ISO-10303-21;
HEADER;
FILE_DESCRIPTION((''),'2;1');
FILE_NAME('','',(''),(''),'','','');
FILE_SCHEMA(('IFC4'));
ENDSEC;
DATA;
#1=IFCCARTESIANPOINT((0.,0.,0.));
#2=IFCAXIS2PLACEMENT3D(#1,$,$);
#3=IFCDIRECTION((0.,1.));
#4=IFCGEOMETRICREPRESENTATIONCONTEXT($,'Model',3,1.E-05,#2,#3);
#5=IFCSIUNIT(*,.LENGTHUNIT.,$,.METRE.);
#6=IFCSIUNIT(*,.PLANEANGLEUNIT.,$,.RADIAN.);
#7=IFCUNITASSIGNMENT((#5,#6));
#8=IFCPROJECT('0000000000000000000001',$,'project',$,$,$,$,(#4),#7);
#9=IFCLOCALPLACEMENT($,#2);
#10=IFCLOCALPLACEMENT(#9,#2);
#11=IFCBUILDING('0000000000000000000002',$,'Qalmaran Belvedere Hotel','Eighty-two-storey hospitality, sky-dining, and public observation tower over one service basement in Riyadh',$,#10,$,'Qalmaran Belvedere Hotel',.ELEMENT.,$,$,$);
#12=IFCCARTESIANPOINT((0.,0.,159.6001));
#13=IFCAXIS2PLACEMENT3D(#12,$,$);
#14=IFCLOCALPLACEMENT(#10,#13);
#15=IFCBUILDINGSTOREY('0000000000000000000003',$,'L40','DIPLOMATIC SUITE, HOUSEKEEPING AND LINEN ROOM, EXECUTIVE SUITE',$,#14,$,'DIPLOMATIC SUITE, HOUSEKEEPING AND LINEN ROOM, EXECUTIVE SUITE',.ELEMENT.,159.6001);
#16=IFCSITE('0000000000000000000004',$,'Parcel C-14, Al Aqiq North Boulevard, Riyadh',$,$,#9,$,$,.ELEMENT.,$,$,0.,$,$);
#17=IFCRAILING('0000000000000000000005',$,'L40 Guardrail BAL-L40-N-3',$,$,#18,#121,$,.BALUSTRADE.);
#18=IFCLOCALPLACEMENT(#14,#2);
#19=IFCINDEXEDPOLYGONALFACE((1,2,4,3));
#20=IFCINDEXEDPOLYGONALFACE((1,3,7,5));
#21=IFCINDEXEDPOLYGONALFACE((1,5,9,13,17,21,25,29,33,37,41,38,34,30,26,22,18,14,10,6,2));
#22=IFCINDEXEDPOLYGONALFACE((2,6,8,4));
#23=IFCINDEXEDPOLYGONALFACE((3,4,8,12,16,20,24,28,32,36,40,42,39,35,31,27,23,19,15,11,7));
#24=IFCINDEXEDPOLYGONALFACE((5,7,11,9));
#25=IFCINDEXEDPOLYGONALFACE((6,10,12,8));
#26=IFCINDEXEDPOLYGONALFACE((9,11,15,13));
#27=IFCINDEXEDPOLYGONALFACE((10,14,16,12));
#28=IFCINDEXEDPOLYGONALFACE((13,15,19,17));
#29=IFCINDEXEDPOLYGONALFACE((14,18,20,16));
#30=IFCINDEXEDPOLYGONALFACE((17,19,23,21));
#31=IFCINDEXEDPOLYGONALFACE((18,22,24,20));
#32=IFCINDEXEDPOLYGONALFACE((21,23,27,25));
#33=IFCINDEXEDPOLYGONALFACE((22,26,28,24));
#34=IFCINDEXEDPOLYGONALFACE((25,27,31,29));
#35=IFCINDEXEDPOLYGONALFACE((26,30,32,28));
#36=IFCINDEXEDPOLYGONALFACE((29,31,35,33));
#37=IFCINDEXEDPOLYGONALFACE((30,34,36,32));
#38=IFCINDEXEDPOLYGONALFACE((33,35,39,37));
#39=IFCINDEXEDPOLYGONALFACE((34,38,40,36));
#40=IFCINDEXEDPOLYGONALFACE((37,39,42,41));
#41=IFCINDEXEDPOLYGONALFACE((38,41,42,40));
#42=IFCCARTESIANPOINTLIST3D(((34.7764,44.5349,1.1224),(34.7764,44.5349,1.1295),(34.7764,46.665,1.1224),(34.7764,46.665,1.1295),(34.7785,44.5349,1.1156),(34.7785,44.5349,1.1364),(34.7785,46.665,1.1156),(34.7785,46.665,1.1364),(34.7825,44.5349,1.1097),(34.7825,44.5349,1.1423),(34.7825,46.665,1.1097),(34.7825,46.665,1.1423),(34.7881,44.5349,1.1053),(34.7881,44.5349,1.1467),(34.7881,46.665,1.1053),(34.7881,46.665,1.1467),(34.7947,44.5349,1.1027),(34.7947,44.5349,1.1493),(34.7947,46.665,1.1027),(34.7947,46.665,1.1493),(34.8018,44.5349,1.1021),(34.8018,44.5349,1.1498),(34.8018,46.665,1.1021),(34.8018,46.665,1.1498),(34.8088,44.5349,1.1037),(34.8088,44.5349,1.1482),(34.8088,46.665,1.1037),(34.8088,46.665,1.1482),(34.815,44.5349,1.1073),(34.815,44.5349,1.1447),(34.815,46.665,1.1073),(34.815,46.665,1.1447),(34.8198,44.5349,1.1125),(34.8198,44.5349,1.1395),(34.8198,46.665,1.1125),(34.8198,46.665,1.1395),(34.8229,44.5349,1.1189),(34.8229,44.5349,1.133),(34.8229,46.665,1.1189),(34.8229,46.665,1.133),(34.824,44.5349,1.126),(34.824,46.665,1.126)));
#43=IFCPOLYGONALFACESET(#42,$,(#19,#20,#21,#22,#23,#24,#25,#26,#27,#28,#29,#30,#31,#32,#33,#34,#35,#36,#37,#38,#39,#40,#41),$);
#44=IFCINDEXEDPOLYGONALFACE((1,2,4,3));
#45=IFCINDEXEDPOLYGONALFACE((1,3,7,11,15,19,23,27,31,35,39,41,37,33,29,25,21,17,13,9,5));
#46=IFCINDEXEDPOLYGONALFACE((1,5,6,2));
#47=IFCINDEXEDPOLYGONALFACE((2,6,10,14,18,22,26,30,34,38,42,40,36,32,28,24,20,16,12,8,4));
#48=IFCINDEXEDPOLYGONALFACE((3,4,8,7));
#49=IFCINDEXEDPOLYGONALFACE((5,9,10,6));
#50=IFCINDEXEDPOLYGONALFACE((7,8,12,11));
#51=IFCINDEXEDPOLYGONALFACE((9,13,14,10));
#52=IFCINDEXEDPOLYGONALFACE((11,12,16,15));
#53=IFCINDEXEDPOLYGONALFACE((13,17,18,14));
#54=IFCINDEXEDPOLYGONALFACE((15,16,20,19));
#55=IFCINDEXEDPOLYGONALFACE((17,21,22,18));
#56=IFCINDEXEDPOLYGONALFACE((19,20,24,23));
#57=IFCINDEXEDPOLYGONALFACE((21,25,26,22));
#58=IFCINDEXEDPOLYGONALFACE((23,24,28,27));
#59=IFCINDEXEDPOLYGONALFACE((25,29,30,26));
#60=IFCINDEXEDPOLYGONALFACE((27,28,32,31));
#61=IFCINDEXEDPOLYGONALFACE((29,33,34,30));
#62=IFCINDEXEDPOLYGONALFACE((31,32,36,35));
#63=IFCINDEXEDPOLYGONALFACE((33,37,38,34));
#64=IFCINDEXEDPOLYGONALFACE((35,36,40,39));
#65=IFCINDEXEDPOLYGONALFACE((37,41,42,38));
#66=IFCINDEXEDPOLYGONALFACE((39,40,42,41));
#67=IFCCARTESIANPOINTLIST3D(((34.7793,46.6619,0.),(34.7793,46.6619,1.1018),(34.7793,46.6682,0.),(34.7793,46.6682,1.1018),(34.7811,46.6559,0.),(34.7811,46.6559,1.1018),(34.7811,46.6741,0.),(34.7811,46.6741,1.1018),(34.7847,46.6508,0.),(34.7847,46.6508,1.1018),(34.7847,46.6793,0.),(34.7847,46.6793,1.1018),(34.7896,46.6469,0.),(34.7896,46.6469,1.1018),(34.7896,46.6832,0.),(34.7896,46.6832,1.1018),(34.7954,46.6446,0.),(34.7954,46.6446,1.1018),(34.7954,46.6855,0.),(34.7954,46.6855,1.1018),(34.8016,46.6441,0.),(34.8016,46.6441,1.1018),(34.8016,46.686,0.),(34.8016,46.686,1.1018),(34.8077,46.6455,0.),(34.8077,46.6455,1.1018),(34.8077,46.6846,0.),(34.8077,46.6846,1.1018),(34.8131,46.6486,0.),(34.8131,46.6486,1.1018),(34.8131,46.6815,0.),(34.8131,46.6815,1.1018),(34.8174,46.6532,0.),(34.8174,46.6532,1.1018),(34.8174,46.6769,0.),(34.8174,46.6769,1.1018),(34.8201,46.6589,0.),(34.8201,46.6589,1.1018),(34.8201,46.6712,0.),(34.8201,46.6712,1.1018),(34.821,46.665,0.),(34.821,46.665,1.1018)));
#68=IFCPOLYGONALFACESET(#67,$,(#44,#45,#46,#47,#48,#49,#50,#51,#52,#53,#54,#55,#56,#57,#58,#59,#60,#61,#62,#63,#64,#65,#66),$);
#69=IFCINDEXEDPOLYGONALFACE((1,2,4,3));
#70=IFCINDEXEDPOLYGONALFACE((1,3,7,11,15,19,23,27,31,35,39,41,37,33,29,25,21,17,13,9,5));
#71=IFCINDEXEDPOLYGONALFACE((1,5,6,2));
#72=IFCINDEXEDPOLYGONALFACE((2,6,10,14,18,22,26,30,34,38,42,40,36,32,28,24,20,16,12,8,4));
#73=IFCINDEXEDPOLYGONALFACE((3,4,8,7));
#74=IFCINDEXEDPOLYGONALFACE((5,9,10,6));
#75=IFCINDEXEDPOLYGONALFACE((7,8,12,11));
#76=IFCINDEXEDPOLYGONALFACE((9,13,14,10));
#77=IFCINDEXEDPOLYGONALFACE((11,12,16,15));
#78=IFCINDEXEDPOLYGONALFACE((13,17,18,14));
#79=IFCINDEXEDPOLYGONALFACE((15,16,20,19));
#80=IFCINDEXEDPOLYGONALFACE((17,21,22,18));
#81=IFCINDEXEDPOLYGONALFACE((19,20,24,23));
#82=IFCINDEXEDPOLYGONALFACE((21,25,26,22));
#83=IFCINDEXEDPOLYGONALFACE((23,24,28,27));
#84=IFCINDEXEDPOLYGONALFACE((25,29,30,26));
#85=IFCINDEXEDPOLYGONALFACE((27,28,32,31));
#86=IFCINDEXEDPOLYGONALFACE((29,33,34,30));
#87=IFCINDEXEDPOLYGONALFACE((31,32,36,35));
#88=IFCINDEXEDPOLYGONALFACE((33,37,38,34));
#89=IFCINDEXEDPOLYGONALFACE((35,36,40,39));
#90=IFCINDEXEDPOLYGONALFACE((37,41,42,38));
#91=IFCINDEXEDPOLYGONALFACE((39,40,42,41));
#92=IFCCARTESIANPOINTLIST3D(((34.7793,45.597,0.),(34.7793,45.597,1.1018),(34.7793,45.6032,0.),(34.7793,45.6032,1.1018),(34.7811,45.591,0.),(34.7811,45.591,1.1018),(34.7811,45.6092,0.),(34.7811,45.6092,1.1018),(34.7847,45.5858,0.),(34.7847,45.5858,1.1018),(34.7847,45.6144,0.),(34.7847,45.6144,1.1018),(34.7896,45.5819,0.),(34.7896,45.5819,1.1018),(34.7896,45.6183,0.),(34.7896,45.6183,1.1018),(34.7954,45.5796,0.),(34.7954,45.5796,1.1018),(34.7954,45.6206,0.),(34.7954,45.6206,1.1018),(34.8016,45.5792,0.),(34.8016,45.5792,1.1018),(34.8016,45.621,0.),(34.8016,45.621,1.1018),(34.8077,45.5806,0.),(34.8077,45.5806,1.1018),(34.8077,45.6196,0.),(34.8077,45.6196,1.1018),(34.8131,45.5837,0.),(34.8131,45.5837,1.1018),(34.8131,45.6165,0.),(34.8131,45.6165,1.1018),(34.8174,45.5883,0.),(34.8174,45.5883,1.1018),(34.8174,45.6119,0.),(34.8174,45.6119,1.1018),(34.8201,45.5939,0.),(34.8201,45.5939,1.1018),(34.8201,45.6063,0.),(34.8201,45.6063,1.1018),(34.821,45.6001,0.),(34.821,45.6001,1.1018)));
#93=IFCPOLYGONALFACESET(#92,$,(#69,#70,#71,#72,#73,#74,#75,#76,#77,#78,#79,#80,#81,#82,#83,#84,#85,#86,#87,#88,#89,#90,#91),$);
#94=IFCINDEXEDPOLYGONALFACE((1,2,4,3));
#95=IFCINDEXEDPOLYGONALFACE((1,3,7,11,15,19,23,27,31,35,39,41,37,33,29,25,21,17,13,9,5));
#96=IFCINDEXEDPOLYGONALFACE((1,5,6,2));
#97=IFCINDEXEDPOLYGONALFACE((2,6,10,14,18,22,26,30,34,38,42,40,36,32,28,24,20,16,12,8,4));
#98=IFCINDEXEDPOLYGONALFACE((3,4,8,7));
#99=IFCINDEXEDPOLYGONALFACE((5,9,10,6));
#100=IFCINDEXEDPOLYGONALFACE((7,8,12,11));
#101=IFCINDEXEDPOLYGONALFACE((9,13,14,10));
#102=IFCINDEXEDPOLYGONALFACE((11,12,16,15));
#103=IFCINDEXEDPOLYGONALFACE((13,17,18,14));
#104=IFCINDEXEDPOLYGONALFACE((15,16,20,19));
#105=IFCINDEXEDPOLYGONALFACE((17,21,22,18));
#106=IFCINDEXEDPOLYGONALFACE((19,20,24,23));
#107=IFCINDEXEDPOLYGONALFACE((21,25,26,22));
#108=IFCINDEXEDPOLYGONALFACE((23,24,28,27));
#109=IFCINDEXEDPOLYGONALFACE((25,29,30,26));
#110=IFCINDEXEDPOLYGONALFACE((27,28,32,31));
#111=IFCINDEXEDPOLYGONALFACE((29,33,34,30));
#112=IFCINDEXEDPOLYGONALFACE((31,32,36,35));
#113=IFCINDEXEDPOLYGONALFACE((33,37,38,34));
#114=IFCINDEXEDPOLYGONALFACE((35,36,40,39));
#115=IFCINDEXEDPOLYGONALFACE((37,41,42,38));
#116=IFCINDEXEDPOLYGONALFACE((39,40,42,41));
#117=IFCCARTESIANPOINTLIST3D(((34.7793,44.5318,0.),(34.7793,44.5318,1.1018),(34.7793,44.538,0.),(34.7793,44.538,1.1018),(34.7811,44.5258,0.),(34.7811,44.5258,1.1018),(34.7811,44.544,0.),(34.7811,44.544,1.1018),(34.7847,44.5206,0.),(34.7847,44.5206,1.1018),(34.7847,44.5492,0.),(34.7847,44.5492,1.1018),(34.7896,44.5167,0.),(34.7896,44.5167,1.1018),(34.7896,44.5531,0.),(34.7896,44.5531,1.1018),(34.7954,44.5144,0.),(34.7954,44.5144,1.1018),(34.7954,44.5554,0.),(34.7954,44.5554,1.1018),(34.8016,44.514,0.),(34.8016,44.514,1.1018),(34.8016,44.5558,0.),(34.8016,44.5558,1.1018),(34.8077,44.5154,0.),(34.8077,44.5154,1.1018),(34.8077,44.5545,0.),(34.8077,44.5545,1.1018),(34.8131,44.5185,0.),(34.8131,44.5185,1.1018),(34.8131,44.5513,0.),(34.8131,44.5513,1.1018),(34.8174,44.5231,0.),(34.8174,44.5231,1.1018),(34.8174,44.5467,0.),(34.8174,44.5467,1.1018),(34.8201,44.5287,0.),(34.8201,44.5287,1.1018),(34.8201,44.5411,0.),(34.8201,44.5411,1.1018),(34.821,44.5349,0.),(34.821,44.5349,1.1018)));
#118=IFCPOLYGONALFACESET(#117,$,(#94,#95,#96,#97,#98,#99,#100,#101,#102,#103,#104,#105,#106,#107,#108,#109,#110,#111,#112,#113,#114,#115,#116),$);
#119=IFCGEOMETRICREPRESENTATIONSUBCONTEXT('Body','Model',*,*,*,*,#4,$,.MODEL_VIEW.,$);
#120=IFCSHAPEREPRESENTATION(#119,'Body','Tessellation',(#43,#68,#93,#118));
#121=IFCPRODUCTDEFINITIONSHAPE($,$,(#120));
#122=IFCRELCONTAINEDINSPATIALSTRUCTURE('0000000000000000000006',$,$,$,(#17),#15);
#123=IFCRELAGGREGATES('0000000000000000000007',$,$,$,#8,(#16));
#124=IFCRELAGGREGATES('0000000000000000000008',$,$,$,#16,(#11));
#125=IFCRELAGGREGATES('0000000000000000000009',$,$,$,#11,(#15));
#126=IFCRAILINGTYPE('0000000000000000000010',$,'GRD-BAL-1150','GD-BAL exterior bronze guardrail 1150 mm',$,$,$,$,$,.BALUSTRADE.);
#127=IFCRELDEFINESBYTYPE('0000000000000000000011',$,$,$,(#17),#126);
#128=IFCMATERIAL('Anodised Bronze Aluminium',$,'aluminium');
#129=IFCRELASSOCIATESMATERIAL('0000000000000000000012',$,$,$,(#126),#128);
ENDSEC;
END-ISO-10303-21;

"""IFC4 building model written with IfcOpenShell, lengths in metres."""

from ifc_helpers import new_model, si_unit, direction, frame, origin, origin_2d, place, context, subcontext, project, spatial, circle, extrude, material, type_object, element, save


model = new_model("IFC4")

# Units and contexts
model_context = context("Model", 3, precision=1e-05, world=origin(), true_north=direction((0.0, 1.0)))
body_context = subcontext(model_context, "Body", "Model", "MODEL_VIEW")
ifc_project = project(units=[si_unit("LENGTHUNIT", "METRE"), si_unit("PLANEANGLEUNIT", "RADIAN")], contexts=[model_context])

# Site, building, storey
site_placement = place(None, origin())
site = spatial("IfcSite", under=ifc_project, at=site_placement, Name="Parcel C-14, Al Aqiq North Boulevard, Riyadh", CompositionType="ELEMENT", RefElevation=0.0)
building_placement = place(site_placement, origin())
building = spatial("IfcBuilding", under=site, at=building_placement, Name="Qalmaran Belvedere Hotel", Description="Eighty-two-storey hospitality, sky-dining, and public observation tower over one service basement in Riyadh", LongName="Qalmaran Belvedere Hotel", CompositionType="ELEMENT")
storey_placement = place(building_placement, frame((0.0, 0.0, 159.6001)))
storey = spatial("IfcBuildingStorey", under=building, at=storey_placement, Name="L40", Description="DIPLOMATIC SUITE, HOUSEKEEPING AND LINEN ROOM, EXECUTIVE SUITE", LongName="DIPLOMATIC SUITE, HOUSEKEEPING AND LINEN ROOM, EXECUTIVE SUITE", CompositionType="ELEMENT", Elevation=159.6001)

# Shared definitions
ifc_material_1 = material(Name="Anodised Bronze Aluminium", Category="aluminium")

# Railing
railing_type = type_object("IfcRailingType", Name="GRD-BAL-1150", Description="GD-BAL exterior bronze guardrail 1150 mm", PredefinedType="BALUSTRADE", material=ifc_material_1)
railing_1_placement = place(storey_placement, frame((34.8, 46.665, 0.0)))
element("IfcRailing", 1, at=railing_1_placement, inside=storey, type_object=railing_type, Name="L40 Guardrail BAL-L40-N-3", PredefinedType="BALUSTRADE", context=body_context, shape_type="SweptSolid", body=[
    extrude(circle(Radius=0.0239, at=origin_2d()), frame((0.0, 0.0, 1.126), z_axis=(0.0, -1.0, 0.0), x_axis=(1.0, 0.0, 0.0)), (0.0, 0.0, 1.0), 2.1301),
    extrude(circle(Radius=0.021, at=origin_2d()), origin(), (0.0, 0.0, 1.0), 1.1018),
    extrude(circle(Radius=0.021, at=origin_2d()), frame((0.0, -1.0649, 0.0)), (0.0, 0.0, 1.0), 1.1018),
    extrude(circle(Radius=0.021, at=origin_2d()), frame((0.0, -2.1301, 0.0)), (0.0, 0.0, 1.0), 1.1018),
])

save(model, "model.ifc")
